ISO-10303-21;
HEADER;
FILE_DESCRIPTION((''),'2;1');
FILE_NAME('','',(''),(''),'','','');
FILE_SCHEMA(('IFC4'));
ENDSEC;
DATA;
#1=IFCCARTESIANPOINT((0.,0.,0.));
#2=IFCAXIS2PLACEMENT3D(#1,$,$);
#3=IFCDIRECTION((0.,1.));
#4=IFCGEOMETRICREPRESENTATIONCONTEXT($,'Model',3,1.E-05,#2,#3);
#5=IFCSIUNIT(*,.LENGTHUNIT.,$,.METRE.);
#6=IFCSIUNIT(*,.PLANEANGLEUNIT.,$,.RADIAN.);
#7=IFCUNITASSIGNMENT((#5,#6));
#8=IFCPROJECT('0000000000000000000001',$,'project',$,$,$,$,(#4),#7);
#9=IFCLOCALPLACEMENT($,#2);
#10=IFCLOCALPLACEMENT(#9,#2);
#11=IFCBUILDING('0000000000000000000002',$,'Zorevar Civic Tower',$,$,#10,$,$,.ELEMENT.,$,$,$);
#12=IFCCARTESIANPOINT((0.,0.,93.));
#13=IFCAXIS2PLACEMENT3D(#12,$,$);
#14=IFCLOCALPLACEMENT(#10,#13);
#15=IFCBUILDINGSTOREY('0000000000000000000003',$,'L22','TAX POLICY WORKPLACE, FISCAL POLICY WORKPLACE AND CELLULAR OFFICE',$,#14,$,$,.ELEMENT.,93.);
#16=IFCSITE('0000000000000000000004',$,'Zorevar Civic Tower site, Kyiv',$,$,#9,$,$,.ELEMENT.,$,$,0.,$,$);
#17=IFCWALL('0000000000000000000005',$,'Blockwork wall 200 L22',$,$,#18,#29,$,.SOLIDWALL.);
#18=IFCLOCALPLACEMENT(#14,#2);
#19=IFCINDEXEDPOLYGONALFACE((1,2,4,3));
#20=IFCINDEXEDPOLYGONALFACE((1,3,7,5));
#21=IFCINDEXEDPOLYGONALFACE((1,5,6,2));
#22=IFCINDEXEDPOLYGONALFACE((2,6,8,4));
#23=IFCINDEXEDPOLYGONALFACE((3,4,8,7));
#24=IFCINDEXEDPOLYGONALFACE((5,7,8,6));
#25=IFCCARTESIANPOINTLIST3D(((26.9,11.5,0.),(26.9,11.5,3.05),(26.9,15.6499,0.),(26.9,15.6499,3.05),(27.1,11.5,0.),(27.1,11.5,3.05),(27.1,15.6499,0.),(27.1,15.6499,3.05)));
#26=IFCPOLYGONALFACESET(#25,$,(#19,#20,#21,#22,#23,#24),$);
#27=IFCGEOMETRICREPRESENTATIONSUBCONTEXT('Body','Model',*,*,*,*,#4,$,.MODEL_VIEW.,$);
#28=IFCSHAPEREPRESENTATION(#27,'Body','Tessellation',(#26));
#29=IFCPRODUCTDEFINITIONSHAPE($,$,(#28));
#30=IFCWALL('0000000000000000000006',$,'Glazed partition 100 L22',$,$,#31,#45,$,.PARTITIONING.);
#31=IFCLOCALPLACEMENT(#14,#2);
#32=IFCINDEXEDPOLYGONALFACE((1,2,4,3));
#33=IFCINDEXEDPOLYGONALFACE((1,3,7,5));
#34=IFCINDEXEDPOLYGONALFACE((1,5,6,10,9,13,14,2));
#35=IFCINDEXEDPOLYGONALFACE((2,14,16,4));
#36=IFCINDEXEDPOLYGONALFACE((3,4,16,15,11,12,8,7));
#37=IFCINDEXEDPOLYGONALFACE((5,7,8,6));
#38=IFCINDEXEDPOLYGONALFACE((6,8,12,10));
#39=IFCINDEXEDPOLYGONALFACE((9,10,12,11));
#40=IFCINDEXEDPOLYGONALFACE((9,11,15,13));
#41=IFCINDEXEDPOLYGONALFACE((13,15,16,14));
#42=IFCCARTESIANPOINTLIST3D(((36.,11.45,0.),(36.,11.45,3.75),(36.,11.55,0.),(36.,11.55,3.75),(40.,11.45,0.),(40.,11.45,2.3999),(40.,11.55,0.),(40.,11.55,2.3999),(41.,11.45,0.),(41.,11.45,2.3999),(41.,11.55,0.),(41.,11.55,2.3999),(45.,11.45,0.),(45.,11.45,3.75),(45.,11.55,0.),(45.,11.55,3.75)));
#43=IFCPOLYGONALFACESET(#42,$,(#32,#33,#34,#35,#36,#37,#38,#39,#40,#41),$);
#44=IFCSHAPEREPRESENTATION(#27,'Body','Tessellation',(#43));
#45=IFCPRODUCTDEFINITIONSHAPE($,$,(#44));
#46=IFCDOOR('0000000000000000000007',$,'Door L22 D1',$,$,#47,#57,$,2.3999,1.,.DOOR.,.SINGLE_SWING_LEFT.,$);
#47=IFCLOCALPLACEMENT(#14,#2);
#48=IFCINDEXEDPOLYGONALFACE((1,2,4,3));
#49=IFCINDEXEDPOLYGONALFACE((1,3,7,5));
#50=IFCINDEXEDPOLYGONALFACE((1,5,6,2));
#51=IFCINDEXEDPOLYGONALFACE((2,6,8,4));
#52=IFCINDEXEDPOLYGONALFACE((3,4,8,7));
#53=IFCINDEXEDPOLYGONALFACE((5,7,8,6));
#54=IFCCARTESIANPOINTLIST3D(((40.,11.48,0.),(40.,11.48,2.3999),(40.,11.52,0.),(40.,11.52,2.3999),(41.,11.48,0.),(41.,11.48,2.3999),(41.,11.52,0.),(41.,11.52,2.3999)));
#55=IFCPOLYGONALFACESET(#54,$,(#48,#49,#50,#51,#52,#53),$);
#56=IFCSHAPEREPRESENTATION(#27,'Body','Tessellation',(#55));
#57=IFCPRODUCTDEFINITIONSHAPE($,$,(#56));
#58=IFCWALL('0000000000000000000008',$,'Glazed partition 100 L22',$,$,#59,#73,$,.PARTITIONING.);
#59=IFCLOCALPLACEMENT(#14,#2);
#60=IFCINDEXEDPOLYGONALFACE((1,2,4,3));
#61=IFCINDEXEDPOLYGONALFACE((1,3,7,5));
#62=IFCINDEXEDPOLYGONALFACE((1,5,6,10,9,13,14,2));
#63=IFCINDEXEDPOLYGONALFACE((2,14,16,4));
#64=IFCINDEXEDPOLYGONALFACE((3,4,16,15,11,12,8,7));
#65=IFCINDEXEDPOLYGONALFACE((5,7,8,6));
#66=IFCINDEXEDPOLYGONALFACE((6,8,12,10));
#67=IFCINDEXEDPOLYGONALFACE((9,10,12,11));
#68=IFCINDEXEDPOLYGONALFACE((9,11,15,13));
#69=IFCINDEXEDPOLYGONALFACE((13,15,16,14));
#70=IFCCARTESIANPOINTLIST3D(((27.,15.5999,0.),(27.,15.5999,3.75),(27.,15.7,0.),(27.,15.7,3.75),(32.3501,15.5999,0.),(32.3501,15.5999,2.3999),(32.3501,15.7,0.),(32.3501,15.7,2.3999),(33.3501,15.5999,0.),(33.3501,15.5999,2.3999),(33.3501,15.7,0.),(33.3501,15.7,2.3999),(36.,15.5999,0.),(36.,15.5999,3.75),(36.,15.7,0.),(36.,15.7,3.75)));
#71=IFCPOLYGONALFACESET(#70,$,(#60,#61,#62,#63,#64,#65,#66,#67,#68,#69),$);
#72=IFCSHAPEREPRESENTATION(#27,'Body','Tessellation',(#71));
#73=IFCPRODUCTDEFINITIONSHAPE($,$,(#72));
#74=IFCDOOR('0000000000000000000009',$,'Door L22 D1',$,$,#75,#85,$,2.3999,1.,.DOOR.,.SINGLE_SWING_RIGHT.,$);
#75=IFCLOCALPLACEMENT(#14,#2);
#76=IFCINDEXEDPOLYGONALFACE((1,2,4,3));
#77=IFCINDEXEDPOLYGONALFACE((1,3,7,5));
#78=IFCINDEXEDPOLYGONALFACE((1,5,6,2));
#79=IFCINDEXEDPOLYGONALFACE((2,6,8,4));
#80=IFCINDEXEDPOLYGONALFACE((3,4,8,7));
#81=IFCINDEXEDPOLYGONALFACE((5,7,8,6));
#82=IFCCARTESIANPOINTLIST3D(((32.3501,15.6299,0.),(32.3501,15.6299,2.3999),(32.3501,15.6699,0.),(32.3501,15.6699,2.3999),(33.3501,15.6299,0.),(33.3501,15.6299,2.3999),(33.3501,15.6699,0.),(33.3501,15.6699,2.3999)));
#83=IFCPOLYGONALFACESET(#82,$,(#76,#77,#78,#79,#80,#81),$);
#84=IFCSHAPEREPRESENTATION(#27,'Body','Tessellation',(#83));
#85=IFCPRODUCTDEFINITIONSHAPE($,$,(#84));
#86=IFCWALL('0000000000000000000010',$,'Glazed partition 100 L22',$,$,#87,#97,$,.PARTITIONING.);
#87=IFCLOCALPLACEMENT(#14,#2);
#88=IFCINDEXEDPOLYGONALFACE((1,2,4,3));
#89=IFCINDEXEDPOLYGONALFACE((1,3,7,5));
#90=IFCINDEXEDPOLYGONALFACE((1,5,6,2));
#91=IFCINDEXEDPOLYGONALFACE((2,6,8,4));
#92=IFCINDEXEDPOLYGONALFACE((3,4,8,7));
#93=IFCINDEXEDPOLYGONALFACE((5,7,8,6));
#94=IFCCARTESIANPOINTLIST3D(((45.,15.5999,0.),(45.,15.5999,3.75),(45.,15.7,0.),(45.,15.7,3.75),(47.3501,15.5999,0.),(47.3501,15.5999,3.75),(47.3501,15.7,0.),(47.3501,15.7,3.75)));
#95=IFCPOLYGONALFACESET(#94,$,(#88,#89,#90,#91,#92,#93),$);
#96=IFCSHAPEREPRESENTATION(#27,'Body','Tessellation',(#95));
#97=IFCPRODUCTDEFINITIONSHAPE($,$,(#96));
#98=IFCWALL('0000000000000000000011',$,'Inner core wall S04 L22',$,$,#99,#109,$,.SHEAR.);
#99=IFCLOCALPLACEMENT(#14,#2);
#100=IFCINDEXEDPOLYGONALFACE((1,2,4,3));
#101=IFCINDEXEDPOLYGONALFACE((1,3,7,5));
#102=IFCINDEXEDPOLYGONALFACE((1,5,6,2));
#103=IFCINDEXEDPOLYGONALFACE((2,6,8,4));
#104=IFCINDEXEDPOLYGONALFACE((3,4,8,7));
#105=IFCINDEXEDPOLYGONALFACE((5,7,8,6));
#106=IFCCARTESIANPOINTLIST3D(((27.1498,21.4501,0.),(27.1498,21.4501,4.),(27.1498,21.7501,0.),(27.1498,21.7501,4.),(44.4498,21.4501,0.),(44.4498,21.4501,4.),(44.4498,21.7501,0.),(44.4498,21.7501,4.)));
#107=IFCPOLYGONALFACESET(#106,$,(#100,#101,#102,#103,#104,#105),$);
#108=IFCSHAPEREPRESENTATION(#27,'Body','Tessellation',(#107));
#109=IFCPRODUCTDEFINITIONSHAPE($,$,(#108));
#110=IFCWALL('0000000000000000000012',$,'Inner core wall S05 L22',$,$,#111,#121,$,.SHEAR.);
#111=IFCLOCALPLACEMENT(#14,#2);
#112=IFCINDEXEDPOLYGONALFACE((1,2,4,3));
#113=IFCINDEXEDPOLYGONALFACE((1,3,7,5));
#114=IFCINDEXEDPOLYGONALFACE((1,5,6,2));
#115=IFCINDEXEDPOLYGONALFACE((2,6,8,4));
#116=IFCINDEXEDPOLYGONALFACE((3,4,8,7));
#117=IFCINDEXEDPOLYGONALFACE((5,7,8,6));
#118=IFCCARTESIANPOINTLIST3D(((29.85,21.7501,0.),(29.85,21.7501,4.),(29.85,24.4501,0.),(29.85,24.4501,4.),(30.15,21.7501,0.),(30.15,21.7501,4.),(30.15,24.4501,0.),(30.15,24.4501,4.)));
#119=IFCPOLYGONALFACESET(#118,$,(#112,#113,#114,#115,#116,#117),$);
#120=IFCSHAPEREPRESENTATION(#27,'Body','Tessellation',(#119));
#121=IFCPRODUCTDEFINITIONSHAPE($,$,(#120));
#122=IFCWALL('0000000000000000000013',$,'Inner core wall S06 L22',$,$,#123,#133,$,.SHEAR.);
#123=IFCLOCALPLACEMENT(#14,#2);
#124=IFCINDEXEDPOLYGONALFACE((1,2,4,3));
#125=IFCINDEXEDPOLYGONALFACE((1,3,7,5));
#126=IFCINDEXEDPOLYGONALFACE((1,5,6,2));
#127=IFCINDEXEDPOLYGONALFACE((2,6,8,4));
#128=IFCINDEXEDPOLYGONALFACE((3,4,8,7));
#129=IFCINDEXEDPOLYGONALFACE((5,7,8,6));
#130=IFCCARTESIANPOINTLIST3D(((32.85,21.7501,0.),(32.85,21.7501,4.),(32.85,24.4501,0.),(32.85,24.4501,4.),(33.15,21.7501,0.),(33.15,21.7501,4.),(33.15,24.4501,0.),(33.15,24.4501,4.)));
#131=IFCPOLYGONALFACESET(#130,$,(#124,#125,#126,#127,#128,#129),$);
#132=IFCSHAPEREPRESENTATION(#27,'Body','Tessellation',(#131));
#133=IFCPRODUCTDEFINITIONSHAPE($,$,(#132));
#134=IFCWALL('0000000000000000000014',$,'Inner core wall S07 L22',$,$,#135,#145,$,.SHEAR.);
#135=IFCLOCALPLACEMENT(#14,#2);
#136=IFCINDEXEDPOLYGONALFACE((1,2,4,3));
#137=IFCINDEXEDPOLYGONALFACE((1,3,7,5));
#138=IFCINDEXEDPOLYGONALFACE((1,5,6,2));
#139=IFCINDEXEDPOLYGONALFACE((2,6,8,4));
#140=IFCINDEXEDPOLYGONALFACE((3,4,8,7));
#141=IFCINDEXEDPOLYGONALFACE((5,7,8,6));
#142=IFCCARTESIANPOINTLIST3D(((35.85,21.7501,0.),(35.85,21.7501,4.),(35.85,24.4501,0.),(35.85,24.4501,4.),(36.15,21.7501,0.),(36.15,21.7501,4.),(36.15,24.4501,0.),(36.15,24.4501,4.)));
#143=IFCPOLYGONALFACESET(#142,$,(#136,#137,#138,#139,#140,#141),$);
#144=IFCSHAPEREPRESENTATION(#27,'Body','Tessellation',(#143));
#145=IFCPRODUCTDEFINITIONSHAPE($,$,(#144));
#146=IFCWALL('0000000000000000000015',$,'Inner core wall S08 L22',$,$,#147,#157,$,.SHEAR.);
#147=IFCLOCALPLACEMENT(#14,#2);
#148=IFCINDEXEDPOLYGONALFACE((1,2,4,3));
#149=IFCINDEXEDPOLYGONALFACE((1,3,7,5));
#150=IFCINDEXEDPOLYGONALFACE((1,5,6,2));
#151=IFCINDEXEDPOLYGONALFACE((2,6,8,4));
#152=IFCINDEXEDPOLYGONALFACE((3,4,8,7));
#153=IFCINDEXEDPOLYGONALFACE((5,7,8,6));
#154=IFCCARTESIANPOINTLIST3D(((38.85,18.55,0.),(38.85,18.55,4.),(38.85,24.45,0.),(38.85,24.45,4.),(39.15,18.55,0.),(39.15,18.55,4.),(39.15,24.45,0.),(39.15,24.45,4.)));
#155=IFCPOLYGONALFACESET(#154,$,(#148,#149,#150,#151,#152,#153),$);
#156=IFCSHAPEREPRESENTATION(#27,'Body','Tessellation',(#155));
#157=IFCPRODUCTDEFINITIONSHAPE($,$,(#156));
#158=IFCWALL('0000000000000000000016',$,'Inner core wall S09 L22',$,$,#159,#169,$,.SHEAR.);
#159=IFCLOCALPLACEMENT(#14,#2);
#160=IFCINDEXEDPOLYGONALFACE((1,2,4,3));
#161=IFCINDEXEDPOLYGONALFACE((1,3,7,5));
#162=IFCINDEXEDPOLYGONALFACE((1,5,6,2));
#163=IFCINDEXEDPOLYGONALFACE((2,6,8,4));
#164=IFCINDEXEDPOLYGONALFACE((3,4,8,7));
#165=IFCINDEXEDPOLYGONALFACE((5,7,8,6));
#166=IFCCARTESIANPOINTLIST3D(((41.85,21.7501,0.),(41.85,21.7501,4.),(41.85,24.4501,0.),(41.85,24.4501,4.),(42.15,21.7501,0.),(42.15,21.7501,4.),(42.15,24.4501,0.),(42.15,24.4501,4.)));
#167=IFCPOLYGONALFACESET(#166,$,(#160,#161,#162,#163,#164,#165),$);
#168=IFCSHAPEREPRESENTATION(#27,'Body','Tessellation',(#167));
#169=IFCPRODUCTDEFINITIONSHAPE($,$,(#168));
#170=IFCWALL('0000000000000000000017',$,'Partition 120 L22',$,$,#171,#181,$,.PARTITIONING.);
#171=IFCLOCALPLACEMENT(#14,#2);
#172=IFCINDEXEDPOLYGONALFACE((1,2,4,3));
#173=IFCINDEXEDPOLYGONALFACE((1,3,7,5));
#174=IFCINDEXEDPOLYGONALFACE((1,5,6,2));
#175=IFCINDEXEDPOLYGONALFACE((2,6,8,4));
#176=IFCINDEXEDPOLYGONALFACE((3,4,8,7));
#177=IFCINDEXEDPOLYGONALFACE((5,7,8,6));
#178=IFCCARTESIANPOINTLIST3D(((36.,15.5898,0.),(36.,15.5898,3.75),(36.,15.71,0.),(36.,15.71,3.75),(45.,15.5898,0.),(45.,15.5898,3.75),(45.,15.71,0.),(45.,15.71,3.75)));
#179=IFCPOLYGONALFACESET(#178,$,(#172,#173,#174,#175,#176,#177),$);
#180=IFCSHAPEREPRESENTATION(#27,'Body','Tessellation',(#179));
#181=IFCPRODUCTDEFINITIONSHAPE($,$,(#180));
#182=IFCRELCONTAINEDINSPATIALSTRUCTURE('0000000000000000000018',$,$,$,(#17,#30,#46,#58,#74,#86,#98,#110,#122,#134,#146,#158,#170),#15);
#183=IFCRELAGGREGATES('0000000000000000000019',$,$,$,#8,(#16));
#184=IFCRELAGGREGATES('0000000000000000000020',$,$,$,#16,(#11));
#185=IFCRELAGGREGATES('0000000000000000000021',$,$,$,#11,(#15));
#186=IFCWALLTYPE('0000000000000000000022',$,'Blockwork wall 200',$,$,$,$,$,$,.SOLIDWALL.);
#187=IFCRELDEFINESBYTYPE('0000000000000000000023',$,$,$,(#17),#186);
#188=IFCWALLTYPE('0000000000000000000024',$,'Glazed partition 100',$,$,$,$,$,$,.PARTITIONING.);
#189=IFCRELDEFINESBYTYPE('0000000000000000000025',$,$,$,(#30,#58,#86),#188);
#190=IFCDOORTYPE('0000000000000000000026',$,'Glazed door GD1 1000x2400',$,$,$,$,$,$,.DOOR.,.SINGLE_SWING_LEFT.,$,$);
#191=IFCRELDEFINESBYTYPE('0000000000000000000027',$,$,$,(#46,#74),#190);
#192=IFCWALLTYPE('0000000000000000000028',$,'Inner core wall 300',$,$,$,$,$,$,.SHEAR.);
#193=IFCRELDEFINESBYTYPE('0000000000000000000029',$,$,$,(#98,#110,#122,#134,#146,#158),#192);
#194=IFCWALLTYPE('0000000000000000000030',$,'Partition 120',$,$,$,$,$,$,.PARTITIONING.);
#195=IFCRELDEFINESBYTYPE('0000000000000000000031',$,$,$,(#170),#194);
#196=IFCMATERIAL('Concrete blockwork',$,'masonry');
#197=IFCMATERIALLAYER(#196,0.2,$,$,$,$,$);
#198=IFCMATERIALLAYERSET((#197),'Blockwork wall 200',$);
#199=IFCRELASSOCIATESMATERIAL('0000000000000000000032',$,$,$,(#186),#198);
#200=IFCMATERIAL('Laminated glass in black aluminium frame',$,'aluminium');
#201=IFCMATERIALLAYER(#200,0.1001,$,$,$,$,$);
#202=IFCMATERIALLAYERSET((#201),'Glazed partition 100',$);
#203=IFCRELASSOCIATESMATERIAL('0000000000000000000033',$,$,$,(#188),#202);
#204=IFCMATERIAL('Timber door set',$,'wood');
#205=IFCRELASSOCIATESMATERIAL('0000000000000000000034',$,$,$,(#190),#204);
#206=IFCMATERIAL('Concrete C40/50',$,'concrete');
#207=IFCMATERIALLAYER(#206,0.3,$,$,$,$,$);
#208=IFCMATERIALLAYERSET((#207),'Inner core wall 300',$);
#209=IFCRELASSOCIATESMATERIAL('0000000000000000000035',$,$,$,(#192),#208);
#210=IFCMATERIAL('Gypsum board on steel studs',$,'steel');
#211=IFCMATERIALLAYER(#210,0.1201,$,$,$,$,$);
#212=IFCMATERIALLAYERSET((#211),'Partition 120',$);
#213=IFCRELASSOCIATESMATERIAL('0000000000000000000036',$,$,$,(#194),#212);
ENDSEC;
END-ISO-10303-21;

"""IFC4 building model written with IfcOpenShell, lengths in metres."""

from ifc_helpers import new_model, si_unit, direction, frame, frame_2d, origin, place, context, subcontext, project, spatial, rectangle, extrude, material, layer, layer_set, type_object, element, fill, save


model = new_model("IFC4")

# Units and contexts
model_context = context("Model", 3, precision=1e-05, world=origin(), true_north=direction((0.0, 1.0)))
body_context = subcontext(model_context, "Body", "Model", "MODEL_VIEW")
ifc_project = project(units=[si_unit("LENGTHUNIT", "METRE"), si_unit("PLANEANGLEUNIT", "RADIAN")], contexts=[model_context])

# Site, building, storey
site_placement = place(None, origin())
site = spatial("IfcSite", under=ifc_project, at=site_placement, Name="Zorevar Civic Tower site, Kyiv", CompositionType="ELEMENT", RefElevation=0.0)
building_placement = place(site_placement, origin())
building = spatial("IfcBuilding", under=site, at=building_placement, Name="Zorevar Civic Tower", CompositionType="ELEMENT")
storey_placement = place(building_placement, frame((0.0, 0.0, 93.0)))
storey = spatial("IfcBuildingStorey", under=building, at=storey_placement, Name="L22", Description="TAX POLICY WORKPLACE, FISCAL POLICY WORKPLACE AND CELLULAR OFFICE", CompositionType="ELEMENT", Elevation=93.0)

# Wall
ifc_material_1 = material(Name="Concrete blockwork", Category="masonry")
ifc_layer_1 = layer(ifc_material_1, 0.2)
ifc_layer_set_1 = layer_set([ifc_layer_1], Name="Blockwork wall 200")
wall_type_1 = type_object("IfcWallType", Name="Blockwork wall 200", PredefinedType="SOLIDWALL", material=ifc_layer_set_1)
wall_1_placement = place(storey_placement, frame((27.0, 11.5, 0.0), z_axis=(0.0, 0.0, 1.0), x_axis=(0.0, 1.0, 0.0)))
element("IfcWall", 1, at=wall_1_placement, inside=storey, type_object=wall_type_1, Name="Blockwork wall 200 L22", PredefinedType="SOLIDWALL", context=body_context, shape_type="SweptSolid", body=[
    extrude(rectangle(XDim=4.1499, YDim=0.2, at=frame_2d((2.075, 0.0))), origin(), (0.0, 0.0, 1.0), 3.05),
])

# Walls, openings, doors
ifc_material_2 = material(Name="Laminated glass in black aluminium frame", Category="aluminium")
ifc_layer_2 = layer(ifc_material_2, 0.1001)
ifc_layer_set_2 = layer_set([ifc_layer_2], Name="Glazed partition 100")
wall_type_2 = type_object("IfcWallType", Name="Glazed partition 100", PredefinedType="PARTITIONING", material=ifc_layer_set_2)
wall_2_placement = place(storey_placement, frame((36.0, 11.5, 0.0), z_axis=(0.0, 0.0, 1.0), x_axis=(1.0, 0.0, 0.0)))
wall_2 = element("IfcWall", 2, at=wall_2_placement, inside=storey, type_object=wall_type_2, Name="Glazed partition 100 L22", PredefinedType="PARTITIONING", context=body_context, shape_type="SweptSolid", body=[
    extrude(rectangle(XDim=9.0, YDim=0.1001, at=frame_2d((4.5, 0.0))), origin(), (0.0, 0.0, 1.0), 3.75),
])
opening_1_placement = place(wall_2_placement, frame((4.0, 0.0, 0.0)))
opening_1 = element("IfcOpeningElement", 3, at=opening_1_placement, cuts=wall_2, PredefinedType="OPENING", context=body_context, shape_type="SweptSolid", body=[
    extrude(rectangle(XDim=1.0, YDim=2.3999, at=frame_2d((0.5, 1.2))), frame((0.0, 0.0601, 0.0), z_axis=(0.0, -1.0, 0.0), x_axis=(1.0, 0.0, 0.0)), (0.0, 0.0, 1.0), 0.1201),
])
ifc_material_3 = material(Name="Timber door set", Category="wood")
door_type_1 = type_object("IfcDoorType", Name="Glazed door GD1 1000x2400", OperationType="SINGLE_SWING_LEFT", PredefinedType="DOOR", material=ifc_material_3)
door_1_placement = place(opening_1_placement, origin())
door_1 = element("IfcDoor", 4, at=door_1_placement, inside=storey, type_object=door_type_1, Name="Door L22 D1", OperationType="SINGLE_SWING_LEFT", OverallHeight=2.3999, OverallWidth=1.0, PredefinedType="DOOR", context=body_context, shape_type="SweptSolid", body=[
    extrude(rectangle(XDim=1.0, YDim=2.3999, at=frame_2d((0.5, 1.2))), frame((0.0, 0.02, 0.0), z_axis=(0.0, -1.0, 0.0), x_axis=(1.0, 0.0, 0.0)), (0.0, 0.0, 1.0), 0.04),
])
fill(opening_1, door_1)
wall_3_placement = place(storey_placement, frame((27.0, 15.6499, 0.0), z_axis=(0.0, 0.0, 1.0), x_axis=(1.0, 0.0, 0.0)))
wall_3 = element("IfcWall", 5, at=wall_3_placement, inside=storey, type_object=wall_type_2, Name="Glazed partition 100 L22", PredefinedType="PARTITIONING", context=body_context, shape_type="SweptSolid", body=[
    extrude(rectangle(XDim=9.0, YDim=0.1001, at=frame_2d((4.5, 0.0))), origin(), (0.0, 0.0, 1.0), 3.75),
])
opening_2_placement = place(wall_3_placement, frame((5.3501, 0.0, 0.0)))
opening_2 = element("IfcOpeningElement", 6, at=opening_2_placement, cuts=wall_3, PredefinedType="OPENING", context=body_context, shape_type="SweptSolid", body=[
    extrude(rectangle(XDim=1.0, YDim=2.3999, at=frame_2d((0.5, 1.2))), frame((0.0, 0.0601, 0.0), z_axis=(0.0, -1.0, 0.0), x_axis=(1.0, 0.0, 0.0)), (0.0, 0.0, 1.0), 0.1201),
])
door_2_placement = place(opening_2_placement, origin())
door_2 = element("IfcDoor", 7, at=door_2_placement, inside=storey, type_object=door_type_1, Name="Door L22 D1", OperationType="SINGLE_SWING_RIGHT", OverallHeight=2.3999, OverallWidth=1.0, PredefinedType="DOOR", context=body_context, shape_type="SweptSolid", body=[
    extrude(rectangle(XDim=1.0, YDim=2.3999, at=frame_2d((0.5, 1.2))), frame((0.0, 0.02, 0.0), z_axis=(0.0, -1.0, 0.0), x_axis=(1.0, 0.0, 0.0)), (0.0, 0.0, 1.0), 0.04),
])
fill(opening_2, door_2)

# Walls
wall_4_placement = place(storey_placement, frame((45.0, 15.6499, 0.0), z_axis=(0.0, 0.0, 1.0), x_axis=(1.0, 0.0, 0.0)))
element("IfcWall", 8, at=wall_4_placement, inside=storey, type_object=wall_type_2, Name="Glazed partition 100 L22", PredefinedType="PARTITIONING", context=body_context, shape_type="SweptSolid", body=[
    extrude(rectangle(XDim=2.3501, YDim=0.1001, at=frame_2d((1.175, 0.0))), origin(), (0.0, 0.0, 1.0), 3.75),
])
ifc_material_4 = material(Name="Concrete C40/50", Category="concrete")
ifc_layer_3 = layer(ifc_material_4, 0.3)
ifc_layer_set_3 = layer_set([ifc_layer_3], Name="Inner core wall 300")
wall_type_3 = type_object("IfcWallType", Name="Inner core wall 300", PredefinedType="SHEAR", material=ifc_layer_set_3)
wall_5_placement = place(storey_placement, frame((27.1499, 21.6001, 0.0), z_axis=(0.0, 0.0, 1.0), x_axis=(1.0, 0.0, 0.0)))
element("IfcWall", 9, at=wall_5_placement, inside=storey, type_object=wall_type_3, Name="Inner core wall S04 L22", PredefinedType="SHEAR", context=body_context, shape_type="SweptSolid", body=[
    extrude(rectangle(XDim=17.3, YDim=0.3, at=frame_2d((8.6499, 0.0))), origin(), (0.0, 0.0, 1.0), 4.0),
])
for number, where, z_axis, x_axis, name in (
    (10, (30.0, 21.75, 0.0), (0.0, 0.0, 1.0), (0.0, 1.0, 0.0), "Inner core wall S05 L22"),
    (11, (33.0, 21.75, 0.0), (0.0, 0.0, 1.0), (0.0, 1.0, 0.0), "Inner core wall S06 L22"),
    (12, (36.0, 21.75, 0.0), (0.0, 0.0, 1.0), (0.0, 1.0, 0.0), "Inner core wall S07 L22"),
):
    element("IfcWall", number, at=place(storey_placement, frame(where, z_axis=z_axis, x_axis=x_axis)), inside=storey, type_object=wall_type_3, Name=name, PredefinedType="SHEAR", context=body_context, shape_type="SweptSolid", body=[
        extrude(rectangle(XDim=2.7, YDim=0.3, at=frame_2d((1.3501, 0.0))), origin(), (0.0, 0.0, 1.0), 4.0),
    ])
wall_6_placement = place(storey_placement, frame((39.0, 18.55, 0.0), z_axis=(0.0, 0.0, 1.0), x_axis=(0.0, 1.0, 0.0)))
element("IfcWall", 13, at=wall_6_placement, inside=storey, type_object=wall_type_3, Name="Inner core wall S08 L22", PredefinedType="SHEAR", context=body_context, shape_type="SweptSolid", body=[
    extrude(rectangle(XDim=5.8999, YDim=0.3, at=frame_2d((2.95, 0.0))), origin(), (0.0, 0.0, 1.0), 4.0),
])
wall_7_placement = place(storey_placement, frame((42.0, 21.75, 0.0), z_axis=(0.0, 0.0, 1.0), x_axis=(0.0, 1.0, 0.0)))
element("IfcWall", 14, at=wall_7_placement, inside=storey, type_object=wall_type_3, Name="Inner core wall S09 L22", PredefinedType="SHEAR", context=body_context, shape_type="SweptSolid", body=[
    extrude(rectangle(XDim=2.7, YDim=0.3, at=frame_2d((1.3501, 0.0))), origin(), (0.0, 0.0, 1.0), 4.0),
])
ifc_material_5 = material(Name="Gypsum board on steel studs", Category="steel")
ifc_layer_4 = layer(ifc_material_5, 0.1201)
ifc_layer_set_4 = layer_set([ifc_layer_4], Name="Partition 120")
wall_type_4 = type_object("IfcWallType", Name="Partition 120", PredefinedType="PARTITIONING", material=ifc_layer_set_4)
wall_8_placement = place(storey_placement, frame((36.0, 15.6499, 0.0), z_axis=(0.0, 0.0, 1.0), x_axis=(1.0, 0.0, 0.0)))
element("IfcWall", 15, at=wall_8_placement, inside=storey, type_object=wall_type_4, Name="Partition 120 L22", PredefinedType="PARTITIONING", context=body_context, shape_type="SweptSolid", body=[
    extrude(rectangle(XDim=9.0, YDim=0.1201, at=frame_2d((4.5, 0.0))), origin(), (0.0, 0.0, 1.0), 3.75),
])

save(model, "model.ifc")
